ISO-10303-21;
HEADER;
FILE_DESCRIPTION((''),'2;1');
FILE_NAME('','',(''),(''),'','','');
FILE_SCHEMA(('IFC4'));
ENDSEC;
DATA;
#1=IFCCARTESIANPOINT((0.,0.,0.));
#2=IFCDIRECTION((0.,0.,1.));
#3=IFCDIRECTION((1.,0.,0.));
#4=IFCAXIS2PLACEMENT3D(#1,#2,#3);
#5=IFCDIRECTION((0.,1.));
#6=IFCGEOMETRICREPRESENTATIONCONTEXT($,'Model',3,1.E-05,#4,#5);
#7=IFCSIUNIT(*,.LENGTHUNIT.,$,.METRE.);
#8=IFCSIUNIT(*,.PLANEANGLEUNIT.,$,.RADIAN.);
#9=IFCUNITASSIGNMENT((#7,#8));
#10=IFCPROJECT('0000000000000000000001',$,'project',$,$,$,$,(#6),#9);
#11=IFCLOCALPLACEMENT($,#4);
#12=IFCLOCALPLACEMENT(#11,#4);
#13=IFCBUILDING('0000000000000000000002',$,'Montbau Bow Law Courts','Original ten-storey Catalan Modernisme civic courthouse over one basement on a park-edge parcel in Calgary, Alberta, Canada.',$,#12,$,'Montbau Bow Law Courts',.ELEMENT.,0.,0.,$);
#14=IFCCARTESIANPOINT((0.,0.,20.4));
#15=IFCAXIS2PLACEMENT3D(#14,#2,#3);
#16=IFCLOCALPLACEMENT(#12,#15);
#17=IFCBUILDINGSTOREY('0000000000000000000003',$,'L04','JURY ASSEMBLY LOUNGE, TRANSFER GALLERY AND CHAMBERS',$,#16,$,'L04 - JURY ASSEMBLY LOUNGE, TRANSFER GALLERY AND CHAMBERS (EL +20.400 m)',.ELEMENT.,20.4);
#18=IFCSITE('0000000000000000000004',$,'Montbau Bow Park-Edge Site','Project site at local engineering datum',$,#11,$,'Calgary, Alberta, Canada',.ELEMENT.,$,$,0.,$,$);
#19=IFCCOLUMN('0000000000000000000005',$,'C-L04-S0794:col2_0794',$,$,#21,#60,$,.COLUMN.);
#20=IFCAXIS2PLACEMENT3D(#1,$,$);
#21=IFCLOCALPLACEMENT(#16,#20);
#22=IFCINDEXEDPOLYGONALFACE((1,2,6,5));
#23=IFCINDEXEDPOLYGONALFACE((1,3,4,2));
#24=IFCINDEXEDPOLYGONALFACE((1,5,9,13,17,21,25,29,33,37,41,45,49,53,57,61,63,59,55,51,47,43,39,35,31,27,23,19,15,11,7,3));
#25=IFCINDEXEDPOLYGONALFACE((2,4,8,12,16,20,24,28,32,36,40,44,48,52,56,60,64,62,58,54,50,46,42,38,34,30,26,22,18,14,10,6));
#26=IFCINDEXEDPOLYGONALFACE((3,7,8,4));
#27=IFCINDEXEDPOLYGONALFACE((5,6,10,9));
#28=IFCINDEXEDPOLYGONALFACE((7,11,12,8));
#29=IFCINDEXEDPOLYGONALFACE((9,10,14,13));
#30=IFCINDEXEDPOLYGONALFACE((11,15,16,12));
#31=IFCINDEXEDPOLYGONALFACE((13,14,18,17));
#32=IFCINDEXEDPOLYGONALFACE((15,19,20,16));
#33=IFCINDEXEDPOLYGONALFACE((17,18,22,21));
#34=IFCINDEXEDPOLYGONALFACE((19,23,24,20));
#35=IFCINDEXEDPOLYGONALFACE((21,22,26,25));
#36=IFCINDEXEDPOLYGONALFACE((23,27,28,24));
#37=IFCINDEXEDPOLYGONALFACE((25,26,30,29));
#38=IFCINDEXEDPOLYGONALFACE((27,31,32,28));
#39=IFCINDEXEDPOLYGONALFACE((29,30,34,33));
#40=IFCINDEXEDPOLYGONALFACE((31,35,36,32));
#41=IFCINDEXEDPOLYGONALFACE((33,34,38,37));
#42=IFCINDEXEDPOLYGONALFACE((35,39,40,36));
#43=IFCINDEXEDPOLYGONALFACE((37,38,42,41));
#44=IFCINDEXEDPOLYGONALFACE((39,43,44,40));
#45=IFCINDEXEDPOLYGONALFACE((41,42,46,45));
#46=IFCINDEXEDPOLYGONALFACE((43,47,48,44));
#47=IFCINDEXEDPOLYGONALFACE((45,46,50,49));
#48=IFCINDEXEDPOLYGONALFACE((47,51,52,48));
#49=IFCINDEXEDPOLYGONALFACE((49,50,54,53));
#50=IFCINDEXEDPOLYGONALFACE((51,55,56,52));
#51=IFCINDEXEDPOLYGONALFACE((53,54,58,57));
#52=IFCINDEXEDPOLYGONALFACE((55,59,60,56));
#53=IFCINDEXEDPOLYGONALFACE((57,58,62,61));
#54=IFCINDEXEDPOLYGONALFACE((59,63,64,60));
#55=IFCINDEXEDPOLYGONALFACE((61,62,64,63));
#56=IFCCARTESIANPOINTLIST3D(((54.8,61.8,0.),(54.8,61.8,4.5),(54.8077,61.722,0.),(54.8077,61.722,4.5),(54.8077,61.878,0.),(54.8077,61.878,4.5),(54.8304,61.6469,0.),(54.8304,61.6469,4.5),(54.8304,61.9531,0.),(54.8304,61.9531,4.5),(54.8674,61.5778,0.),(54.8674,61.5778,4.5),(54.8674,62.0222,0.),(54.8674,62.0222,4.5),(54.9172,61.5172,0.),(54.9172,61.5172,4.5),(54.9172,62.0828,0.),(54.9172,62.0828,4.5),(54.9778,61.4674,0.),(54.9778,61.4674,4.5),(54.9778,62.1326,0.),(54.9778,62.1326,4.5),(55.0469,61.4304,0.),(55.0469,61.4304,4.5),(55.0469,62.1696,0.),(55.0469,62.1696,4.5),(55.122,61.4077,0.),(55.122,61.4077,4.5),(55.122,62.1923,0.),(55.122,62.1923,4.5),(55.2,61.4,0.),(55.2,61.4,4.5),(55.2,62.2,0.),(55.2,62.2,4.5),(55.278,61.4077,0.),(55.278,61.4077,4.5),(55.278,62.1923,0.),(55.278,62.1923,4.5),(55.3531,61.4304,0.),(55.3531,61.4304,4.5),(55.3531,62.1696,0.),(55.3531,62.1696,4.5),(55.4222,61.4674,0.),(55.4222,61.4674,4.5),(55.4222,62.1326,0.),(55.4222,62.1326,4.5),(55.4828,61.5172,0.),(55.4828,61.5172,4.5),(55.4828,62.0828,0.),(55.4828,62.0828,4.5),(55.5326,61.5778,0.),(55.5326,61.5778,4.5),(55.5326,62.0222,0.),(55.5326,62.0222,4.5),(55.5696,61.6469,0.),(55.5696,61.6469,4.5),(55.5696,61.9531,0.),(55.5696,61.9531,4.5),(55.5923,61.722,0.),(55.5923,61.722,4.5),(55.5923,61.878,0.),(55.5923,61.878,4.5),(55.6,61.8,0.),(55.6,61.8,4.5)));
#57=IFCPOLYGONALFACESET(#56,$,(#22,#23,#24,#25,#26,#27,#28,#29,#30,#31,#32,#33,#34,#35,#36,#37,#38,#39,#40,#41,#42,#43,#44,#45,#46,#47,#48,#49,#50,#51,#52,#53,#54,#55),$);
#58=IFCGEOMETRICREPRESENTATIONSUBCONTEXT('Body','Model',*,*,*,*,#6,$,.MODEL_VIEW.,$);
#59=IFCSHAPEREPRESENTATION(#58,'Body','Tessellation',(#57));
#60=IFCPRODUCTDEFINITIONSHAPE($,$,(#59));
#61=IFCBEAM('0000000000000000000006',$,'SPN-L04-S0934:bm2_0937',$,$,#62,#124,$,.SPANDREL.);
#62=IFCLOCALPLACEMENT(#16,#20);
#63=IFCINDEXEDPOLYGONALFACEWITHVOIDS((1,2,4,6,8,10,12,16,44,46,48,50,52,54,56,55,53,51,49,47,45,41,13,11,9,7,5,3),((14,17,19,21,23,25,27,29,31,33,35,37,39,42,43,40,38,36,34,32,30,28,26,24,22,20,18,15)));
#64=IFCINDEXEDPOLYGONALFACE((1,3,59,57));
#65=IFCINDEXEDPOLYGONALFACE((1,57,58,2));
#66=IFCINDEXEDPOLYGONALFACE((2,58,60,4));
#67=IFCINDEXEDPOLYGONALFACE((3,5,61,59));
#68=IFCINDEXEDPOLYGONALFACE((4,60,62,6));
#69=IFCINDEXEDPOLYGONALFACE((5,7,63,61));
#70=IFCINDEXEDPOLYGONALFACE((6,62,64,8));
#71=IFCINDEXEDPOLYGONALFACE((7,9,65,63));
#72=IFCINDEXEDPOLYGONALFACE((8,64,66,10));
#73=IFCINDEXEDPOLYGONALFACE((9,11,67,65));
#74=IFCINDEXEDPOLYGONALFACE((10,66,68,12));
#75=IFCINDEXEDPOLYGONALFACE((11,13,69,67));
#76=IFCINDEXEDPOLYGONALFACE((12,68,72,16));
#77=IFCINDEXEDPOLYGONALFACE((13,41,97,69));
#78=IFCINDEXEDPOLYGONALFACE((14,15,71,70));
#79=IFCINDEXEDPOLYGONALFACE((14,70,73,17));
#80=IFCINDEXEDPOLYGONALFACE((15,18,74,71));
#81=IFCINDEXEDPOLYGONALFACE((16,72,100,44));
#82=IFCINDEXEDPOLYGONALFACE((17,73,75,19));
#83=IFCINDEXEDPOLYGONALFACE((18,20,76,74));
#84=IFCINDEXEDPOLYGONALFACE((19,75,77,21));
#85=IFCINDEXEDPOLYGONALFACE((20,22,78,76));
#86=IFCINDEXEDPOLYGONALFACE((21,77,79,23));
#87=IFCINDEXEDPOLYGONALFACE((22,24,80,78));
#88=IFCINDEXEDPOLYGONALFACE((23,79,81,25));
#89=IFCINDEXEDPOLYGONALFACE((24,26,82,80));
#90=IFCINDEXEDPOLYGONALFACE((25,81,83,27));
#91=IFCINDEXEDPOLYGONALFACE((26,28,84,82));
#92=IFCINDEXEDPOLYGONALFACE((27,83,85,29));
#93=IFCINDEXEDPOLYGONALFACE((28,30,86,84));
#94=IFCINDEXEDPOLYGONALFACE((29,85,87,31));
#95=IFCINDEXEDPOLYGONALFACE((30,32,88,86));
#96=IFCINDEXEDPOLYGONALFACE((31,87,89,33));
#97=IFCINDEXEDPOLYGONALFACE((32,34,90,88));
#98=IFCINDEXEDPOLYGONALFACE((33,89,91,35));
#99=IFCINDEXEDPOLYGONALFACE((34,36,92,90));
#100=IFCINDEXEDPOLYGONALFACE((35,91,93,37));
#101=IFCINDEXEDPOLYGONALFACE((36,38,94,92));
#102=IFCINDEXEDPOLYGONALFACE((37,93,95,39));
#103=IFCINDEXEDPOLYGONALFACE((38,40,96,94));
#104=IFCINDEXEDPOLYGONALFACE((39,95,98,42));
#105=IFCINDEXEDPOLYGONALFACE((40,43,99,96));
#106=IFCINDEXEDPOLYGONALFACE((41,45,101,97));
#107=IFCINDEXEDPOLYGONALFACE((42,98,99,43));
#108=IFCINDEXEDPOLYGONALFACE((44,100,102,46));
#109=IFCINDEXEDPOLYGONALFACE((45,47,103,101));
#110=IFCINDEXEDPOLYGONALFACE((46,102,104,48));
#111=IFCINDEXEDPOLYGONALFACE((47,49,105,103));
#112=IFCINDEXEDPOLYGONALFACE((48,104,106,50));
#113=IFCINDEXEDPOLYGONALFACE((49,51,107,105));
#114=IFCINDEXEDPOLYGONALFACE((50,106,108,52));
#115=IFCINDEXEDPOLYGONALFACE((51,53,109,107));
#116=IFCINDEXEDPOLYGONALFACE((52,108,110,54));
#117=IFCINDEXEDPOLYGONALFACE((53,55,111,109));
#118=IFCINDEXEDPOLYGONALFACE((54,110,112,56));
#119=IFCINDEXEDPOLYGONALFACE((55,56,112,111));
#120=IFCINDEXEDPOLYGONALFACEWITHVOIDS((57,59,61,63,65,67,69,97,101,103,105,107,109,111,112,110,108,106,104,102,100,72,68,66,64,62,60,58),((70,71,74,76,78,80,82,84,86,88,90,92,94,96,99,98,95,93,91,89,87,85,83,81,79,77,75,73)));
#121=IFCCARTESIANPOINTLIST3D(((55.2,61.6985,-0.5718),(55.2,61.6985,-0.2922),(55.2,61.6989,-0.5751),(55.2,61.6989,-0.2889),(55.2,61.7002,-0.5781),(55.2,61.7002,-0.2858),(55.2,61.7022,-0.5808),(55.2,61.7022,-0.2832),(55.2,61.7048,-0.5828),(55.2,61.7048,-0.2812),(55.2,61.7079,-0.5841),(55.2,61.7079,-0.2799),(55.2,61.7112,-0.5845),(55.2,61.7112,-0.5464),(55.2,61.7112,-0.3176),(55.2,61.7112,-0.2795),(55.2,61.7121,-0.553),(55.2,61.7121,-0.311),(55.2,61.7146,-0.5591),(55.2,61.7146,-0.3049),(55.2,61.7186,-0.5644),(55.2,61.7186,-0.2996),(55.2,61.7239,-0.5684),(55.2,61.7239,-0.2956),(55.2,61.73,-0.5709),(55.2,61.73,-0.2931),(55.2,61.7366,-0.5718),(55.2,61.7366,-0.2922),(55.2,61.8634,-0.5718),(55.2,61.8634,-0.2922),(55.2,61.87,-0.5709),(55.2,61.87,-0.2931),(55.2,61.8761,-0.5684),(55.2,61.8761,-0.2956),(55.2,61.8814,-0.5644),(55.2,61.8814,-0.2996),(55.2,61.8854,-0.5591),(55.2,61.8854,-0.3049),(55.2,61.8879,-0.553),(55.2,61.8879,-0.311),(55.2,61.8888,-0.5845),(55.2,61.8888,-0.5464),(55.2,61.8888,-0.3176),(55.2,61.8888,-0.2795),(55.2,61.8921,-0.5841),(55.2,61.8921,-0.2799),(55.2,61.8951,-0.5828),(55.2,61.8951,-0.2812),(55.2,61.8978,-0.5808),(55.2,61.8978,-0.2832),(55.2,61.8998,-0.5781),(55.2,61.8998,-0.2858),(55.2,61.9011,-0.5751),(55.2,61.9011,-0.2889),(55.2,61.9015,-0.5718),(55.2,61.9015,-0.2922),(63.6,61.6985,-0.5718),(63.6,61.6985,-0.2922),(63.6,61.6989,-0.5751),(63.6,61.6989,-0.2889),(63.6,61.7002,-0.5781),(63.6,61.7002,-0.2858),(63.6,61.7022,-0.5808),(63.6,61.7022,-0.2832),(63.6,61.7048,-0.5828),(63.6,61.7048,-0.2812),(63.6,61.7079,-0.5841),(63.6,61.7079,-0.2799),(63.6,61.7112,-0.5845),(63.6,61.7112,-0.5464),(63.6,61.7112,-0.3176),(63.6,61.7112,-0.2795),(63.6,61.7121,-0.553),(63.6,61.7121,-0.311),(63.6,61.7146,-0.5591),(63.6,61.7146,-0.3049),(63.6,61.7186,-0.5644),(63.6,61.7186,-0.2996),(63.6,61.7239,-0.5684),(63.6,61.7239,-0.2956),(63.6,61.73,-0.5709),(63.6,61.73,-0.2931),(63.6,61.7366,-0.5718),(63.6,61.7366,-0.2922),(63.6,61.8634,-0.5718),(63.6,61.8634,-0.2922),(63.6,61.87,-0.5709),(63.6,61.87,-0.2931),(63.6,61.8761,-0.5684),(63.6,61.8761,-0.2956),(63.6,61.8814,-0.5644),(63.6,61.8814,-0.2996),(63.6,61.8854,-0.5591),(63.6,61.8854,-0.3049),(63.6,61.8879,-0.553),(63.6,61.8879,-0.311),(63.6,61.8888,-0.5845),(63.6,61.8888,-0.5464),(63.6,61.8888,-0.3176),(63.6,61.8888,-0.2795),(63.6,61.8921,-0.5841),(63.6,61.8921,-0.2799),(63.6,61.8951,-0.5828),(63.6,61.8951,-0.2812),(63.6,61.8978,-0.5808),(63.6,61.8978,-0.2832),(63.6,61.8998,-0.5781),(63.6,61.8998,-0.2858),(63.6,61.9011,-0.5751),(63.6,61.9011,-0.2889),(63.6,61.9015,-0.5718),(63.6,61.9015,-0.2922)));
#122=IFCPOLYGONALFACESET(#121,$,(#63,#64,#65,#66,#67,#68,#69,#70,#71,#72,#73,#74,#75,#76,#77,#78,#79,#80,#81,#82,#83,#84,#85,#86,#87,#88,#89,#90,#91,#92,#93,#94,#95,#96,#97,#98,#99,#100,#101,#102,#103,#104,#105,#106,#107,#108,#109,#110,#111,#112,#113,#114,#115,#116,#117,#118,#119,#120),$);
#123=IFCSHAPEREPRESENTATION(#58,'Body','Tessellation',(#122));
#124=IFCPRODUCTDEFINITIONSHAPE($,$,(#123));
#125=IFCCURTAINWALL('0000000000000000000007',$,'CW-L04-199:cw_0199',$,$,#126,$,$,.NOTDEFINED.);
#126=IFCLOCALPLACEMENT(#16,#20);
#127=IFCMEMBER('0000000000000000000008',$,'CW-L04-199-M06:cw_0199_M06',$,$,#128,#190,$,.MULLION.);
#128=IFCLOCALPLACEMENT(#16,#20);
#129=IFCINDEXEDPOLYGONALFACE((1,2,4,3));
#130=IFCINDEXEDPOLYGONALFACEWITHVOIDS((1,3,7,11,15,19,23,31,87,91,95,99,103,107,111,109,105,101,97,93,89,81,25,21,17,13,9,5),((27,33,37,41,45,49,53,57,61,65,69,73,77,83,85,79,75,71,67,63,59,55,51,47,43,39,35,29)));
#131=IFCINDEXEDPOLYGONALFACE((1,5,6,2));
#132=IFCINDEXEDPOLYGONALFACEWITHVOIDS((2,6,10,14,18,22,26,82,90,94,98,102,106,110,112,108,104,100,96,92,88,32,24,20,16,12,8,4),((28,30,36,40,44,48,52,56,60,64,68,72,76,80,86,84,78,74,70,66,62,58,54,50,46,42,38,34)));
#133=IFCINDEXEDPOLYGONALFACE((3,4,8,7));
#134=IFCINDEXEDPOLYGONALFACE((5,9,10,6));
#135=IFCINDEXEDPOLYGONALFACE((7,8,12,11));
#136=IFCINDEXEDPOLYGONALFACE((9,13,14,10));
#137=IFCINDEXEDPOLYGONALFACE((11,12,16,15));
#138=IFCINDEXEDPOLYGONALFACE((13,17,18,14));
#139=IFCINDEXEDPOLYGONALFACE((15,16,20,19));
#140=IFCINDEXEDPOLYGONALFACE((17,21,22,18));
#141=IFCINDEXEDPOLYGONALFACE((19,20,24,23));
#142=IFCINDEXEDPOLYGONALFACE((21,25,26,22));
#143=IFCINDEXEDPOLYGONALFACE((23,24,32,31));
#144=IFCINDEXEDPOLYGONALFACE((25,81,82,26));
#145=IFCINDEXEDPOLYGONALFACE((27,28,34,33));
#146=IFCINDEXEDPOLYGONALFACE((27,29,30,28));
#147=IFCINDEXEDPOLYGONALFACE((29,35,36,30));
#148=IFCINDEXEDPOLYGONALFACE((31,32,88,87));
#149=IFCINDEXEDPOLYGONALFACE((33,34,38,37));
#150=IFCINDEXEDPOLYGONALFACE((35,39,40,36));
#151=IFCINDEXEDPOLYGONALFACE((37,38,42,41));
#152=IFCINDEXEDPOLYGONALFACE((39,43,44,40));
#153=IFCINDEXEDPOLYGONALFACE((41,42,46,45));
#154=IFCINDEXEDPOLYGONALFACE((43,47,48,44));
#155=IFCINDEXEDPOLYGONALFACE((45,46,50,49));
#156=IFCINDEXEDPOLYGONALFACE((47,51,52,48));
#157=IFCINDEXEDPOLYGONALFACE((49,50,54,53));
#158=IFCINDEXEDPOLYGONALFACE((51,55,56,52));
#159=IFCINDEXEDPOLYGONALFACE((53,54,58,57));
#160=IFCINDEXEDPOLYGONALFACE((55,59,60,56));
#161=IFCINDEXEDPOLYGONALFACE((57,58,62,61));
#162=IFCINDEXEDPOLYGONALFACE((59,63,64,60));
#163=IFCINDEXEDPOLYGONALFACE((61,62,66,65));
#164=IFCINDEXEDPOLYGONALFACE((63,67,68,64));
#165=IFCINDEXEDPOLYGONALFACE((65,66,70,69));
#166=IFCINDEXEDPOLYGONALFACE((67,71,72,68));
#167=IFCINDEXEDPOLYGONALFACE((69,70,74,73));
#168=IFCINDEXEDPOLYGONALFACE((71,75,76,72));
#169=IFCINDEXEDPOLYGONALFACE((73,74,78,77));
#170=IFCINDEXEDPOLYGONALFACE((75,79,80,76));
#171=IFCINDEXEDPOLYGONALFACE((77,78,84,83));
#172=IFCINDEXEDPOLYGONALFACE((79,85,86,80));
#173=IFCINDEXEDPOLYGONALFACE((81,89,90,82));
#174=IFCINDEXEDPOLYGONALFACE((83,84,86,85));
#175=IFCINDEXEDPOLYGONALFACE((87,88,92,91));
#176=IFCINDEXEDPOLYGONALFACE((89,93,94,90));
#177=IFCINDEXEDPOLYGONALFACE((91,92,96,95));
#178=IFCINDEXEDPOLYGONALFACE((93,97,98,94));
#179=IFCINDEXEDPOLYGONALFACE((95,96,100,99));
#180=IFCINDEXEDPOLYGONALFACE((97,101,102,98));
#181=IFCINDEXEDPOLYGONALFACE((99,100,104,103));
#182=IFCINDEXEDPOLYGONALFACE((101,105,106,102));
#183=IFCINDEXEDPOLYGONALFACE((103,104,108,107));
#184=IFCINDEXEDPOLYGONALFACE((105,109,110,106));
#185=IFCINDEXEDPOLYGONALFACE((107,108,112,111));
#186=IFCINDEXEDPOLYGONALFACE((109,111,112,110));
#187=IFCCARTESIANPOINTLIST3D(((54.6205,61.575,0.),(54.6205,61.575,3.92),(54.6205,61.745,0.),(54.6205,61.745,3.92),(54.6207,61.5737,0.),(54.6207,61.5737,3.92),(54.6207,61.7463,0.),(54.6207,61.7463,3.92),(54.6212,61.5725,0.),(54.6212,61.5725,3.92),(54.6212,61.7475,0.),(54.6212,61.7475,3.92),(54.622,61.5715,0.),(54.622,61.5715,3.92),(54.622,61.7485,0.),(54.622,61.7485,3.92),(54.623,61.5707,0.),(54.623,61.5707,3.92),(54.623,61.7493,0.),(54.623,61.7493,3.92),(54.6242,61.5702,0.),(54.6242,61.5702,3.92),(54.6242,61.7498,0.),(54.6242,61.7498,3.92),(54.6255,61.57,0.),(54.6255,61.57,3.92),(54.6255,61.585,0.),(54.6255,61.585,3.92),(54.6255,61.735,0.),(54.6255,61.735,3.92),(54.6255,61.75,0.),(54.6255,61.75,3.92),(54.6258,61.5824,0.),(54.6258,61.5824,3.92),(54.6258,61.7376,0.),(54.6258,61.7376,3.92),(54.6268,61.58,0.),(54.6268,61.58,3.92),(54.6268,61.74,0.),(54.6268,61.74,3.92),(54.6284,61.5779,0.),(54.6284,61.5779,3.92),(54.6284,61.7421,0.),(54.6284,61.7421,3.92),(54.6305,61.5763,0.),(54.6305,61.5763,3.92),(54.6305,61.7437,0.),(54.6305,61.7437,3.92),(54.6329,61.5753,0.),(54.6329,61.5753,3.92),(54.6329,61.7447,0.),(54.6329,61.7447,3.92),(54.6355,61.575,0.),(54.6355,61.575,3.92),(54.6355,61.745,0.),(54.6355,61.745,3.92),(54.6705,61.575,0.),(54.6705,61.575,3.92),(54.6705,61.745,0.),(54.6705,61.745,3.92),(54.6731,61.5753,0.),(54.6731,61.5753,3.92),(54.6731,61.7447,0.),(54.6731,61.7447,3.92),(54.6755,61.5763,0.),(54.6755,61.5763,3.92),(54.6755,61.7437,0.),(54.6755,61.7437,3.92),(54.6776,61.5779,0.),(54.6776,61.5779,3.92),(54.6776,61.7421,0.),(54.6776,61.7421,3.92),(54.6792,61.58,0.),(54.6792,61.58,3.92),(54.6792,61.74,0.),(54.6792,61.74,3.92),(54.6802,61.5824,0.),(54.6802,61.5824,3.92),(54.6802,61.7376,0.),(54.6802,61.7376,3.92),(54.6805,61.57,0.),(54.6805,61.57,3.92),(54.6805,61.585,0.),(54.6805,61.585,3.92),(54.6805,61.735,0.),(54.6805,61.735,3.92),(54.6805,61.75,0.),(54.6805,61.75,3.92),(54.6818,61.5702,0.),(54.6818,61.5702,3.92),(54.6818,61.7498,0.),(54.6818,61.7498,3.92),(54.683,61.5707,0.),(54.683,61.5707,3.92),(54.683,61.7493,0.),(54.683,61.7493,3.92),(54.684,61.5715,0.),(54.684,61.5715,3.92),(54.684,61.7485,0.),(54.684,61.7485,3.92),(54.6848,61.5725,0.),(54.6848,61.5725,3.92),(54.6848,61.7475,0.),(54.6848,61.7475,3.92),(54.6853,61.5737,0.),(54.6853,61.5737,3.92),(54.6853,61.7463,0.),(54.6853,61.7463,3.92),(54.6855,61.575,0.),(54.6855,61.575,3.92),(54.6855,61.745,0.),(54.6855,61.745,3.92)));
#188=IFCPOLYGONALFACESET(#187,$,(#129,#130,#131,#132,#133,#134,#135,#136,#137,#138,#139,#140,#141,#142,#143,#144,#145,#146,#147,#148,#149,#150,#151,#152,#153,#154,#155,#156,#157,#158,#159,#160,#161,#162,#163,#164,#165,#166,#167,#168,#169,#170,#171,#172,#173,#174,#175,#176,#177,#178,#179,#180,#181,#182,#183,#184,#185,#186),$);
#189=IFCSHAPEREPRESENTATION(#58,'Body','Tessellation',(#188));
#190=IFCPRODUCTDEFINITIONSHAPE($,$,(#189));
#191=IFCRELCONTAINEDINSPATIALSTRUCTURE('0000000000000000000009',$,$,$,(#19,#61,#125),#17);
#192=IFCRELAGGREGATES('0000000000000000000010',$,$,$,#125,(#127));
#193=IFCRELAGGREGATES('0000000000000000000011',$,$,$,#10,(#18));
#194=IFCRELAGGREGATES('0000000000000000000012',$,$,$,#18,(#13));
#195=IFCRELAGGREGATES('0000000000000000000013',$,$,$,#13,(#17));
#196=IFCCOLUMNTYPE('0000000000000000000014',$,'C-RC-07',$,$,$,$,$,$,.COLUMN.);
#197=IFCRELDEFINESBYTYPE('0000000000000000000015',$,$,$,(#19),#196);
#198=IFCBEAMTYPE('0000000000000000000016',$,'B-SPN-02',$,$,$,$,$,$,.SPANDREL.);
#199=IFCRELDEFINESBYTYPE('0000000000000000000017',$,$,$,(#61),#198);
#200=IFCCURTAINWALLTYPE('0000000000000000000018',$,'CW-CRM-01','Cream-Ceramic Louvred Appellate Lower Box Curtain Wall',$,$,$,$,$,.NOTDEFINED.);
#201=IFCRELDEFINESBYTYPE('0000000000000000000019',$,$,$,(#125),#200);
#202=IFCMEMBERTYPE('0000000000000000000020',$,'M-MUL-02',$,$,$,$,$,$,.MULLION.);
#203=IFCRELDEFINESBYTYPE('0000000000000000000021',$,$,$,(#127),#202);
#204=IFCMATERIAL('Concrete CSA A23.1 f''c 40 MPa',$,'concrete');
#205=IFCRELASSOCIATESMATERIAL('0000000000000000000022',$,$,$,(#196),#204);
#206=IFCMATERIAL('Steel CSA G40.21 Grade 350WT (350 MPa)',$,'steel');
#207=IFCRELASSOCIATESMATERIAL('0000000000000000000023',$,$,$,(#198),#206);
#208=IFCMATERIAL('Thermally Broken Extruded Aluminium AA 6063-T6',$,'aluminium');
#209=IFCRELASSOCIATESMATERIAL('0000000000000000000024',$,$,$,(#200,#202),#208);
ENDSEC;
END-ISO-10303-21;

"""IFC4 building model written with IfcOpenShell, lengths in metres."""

from ifc_helpers import new_model, si_unit, direction, frame, origin_with_axes, origin_2d_with_axis, place, context, subcontext, project, spatial, hollow_rectangle, circle, extrude, material, material_profile, profile_set, type_object, element, aggregate, save


model = new_model("IFC4")

# Units and contexts
model_context = context("Model", 3, precision=1e-05, world=origin_with_axes(), true_north=direction((0.0, 1.0)))
body_context = subcontext(model_context, "Body", "Model", "MODEL_VIEW")
ifc_project = project(units=[si_unit("LENGTHUNIT", "METRE"), si_unit("PLANEANGLEUNIT", "RADIAN")], contexts=[model_context])

# Site, building, storey
site_placement = place(None, origin_with_axes())
site = spatial("IfcSite", under=ifc_project, at=site_placement, Name="Montbau Bow Park-Edge Site", Description="Project site at local engineering datum", LongName="Calgary, Alberta, Canada", CompositionType="ELEMENT", RefElevation=0.0)
building_placement = place(site_placement, origin_with_axes())
building = spatial("IfcBuilding", under=site, at=building_placement, Name="Montbau Bow Law Courts", Description="Original ten-storey Catalan Modernisme civic courthouse over one basement on a park-edge parcel in Calgary, Alberta, Canada.", LongName="Montbau Bow Law Courts", CompositionType="ELEMENT", ElevationOfRefHeight=0.0, ElevationOfTerrain=0.0)
storey_placement = place(building_placement, frame((0.0, 0.0, 20.4), z_axis=(0.0, 0.0, 1.0), x_axis=(1.0, 0.0, 0.0)))
storey = spatial("IfcBuildingStorey", under=building, at=storey_placement, Name="L04", Description="JURY ASSEMBLY LOUNGE, TRANSFER GALLERY AND CHAMBERS", LongName="L04 - JURY ASSEMBLY LOUNGE, TRANSFER GALLERY AND CHAMBERS (EL +20.400 m)", CompositionType="ELEMENT", Elevation=20.4)

# Column
ifc_material_1 = material(Name="Concrete CSA A23.1 f'c 40 MPa", Category="concrete")
ifc_material_profile_1 = material_profile(ifc_material_1, circle(Radius=0.4, at=origin_2d_with_axis()), Name="RC800D", Category="Main", Priority=0)
ifc_profile_set_1 = profile_set([ifc_material_profile_1], Name="Concrete CSA A23.1 f'c 40 MPa")
column_type = type_object("IfcColumnType", Name="C-RC-07", PredefinedType="COLUMN", material=ifc_profile_set_1)
column_placement = place(None, frame((55.2, 61.8, 20.4), z_axis=(0.0, 0.0, 1.0), x_axis=(1.0, 0.0, 0.0)))
element("IfcColumn", 1, at=column_placement, inside=storey, type_object=column_type, Name="C-L04-S0794:col2_0794", PredefinedType="COLUMN", context=body_context, shape_type="SweptSolid", body=[
    extrude(circle(Radius=0.4, at=origin_2d_with_axis()), origin_with_axes(), (0.0, 0.0, 1.0), 4.5),
])

# Beam
ifc_material_2 = material(Name="Steel CSA G40.21 Grade 350WT (350 MPa)", Category="steel")
ifc_material_profile_2 = material_profile(ifc_material_2, hollow_rectangle(XDim=0.203, YDim=0.305, WallThickness=0.0127, InnerFilletRadius=0.0254, OuterFilletRadius=0.0127, at=origin_2d_with_axis()), Name="HSS305X203X13", Category="Main", Priority=0)
ifc_profile_set_2 = profile_set([ifc_material_profile_2], Name="Steel CSA G40.21 Grade 350WT (350 MPa)")
beam_type = type_object("IfcBeamType", Name="B-SPN-02", PredefinedType="SPANDREL", material=ifc_profile_set_2)
beam_placement = place(None, frame((55.2, 61.8, 19.968), z_axis=(1.0, 0.0, 0.0), x_axis=(0.0, 1.0, 0.0)))
element("IfcBeam", 2, at=beam_placement, inside=storey, type_object=beam_type, Name="SPN-L04-S0934:bm2_0937", PredefinedType="SPANDREL", context=body_context, shape_type="SweptSolid", body=[
    extrude(hollow_rectangle(XDim=0.203, YDim=0.305, WallThickness=0.0127, InnerFilletRadius=0.0254, OuterFilletRadius=0.0127, at=origin_2d_with_axis()), origin_with_axes(), (0.0, 0.0, 1.0), 8.4),
])

# Curtain wall, member
ifc_material_3 = material(Name="Thermally Broken Extruded Aluminium AA 6063-T6", Category="aluminium")
curtain_wall_type = type_object("IfcCurtainWallType", Name="CW-CRM-01", Description="Cream-Ceramic Louvred Appellate Lower Box Curtain Wall", PredefinedType="NOTDEFINED", material=ifc_material_3)
curtain_wall_1_placement = place(None, frame((47.315, 61.66, 20.4), z_axis=(0.0, 0.0, 1.0), x_axis=(1.0, 0.0, 0.0)))
curtain_wall_1 = element("IfcCurtainWall", 3, at=curtain_wall_1_placement, inside=storey, type_object=curtain_wall_type, Name="CW-L04-199:cw_0199", PredefinedType="NOTDEFINED")
ifc_material_profile_3 = material_profile(ifc_material_3, hollow_rectangle(XDim=0.065, YDim=0.18, WallThickness=0.005, InnerFilletRadius=0.01, OuterFilletRadius=0.005, at=origin_2d_with_axis()), Name="CWM-180X65", Category="Main", Priority=0)
ifc_profile_set_3 = profile_set([ifc_material_profile_3], Name="Thermally Broken Extruded Aluminium AA 6063-T6")
member_type_1 = type_object("IfcMemberType", Name="M-MUL-02", PredefinedType="MULLION", material=ifc_profile_set_3)
member_1_placement = place(None, frame((54.653, 61.66, 20.4), z_axis=(0.0, 0.0, 1.0), x_axis=(1.0, 0.0, 0.0)))
member_1 = element("IfcMember", 4, at=member_1_placement, type_object=member_type_1, Name="CW-L04-199-M06:cw_0199_M06", PredefinedType="MULLION", context=body_context, shape_type="SweptSolid", body=[
    extrude(hollow_rectangle(XDim=0.065, YDim=0.18, WallThickness=0.005, InnerFilletRadius=0.01, OuterFilletRadius=0.005, at=origin_2d_with_axis()), origin_with_axes(), (0.0, 0.0, 1.0), 3.92),
])

aggregate(curtain_wall_1, [member_1])

save(model, "model.ifc")
